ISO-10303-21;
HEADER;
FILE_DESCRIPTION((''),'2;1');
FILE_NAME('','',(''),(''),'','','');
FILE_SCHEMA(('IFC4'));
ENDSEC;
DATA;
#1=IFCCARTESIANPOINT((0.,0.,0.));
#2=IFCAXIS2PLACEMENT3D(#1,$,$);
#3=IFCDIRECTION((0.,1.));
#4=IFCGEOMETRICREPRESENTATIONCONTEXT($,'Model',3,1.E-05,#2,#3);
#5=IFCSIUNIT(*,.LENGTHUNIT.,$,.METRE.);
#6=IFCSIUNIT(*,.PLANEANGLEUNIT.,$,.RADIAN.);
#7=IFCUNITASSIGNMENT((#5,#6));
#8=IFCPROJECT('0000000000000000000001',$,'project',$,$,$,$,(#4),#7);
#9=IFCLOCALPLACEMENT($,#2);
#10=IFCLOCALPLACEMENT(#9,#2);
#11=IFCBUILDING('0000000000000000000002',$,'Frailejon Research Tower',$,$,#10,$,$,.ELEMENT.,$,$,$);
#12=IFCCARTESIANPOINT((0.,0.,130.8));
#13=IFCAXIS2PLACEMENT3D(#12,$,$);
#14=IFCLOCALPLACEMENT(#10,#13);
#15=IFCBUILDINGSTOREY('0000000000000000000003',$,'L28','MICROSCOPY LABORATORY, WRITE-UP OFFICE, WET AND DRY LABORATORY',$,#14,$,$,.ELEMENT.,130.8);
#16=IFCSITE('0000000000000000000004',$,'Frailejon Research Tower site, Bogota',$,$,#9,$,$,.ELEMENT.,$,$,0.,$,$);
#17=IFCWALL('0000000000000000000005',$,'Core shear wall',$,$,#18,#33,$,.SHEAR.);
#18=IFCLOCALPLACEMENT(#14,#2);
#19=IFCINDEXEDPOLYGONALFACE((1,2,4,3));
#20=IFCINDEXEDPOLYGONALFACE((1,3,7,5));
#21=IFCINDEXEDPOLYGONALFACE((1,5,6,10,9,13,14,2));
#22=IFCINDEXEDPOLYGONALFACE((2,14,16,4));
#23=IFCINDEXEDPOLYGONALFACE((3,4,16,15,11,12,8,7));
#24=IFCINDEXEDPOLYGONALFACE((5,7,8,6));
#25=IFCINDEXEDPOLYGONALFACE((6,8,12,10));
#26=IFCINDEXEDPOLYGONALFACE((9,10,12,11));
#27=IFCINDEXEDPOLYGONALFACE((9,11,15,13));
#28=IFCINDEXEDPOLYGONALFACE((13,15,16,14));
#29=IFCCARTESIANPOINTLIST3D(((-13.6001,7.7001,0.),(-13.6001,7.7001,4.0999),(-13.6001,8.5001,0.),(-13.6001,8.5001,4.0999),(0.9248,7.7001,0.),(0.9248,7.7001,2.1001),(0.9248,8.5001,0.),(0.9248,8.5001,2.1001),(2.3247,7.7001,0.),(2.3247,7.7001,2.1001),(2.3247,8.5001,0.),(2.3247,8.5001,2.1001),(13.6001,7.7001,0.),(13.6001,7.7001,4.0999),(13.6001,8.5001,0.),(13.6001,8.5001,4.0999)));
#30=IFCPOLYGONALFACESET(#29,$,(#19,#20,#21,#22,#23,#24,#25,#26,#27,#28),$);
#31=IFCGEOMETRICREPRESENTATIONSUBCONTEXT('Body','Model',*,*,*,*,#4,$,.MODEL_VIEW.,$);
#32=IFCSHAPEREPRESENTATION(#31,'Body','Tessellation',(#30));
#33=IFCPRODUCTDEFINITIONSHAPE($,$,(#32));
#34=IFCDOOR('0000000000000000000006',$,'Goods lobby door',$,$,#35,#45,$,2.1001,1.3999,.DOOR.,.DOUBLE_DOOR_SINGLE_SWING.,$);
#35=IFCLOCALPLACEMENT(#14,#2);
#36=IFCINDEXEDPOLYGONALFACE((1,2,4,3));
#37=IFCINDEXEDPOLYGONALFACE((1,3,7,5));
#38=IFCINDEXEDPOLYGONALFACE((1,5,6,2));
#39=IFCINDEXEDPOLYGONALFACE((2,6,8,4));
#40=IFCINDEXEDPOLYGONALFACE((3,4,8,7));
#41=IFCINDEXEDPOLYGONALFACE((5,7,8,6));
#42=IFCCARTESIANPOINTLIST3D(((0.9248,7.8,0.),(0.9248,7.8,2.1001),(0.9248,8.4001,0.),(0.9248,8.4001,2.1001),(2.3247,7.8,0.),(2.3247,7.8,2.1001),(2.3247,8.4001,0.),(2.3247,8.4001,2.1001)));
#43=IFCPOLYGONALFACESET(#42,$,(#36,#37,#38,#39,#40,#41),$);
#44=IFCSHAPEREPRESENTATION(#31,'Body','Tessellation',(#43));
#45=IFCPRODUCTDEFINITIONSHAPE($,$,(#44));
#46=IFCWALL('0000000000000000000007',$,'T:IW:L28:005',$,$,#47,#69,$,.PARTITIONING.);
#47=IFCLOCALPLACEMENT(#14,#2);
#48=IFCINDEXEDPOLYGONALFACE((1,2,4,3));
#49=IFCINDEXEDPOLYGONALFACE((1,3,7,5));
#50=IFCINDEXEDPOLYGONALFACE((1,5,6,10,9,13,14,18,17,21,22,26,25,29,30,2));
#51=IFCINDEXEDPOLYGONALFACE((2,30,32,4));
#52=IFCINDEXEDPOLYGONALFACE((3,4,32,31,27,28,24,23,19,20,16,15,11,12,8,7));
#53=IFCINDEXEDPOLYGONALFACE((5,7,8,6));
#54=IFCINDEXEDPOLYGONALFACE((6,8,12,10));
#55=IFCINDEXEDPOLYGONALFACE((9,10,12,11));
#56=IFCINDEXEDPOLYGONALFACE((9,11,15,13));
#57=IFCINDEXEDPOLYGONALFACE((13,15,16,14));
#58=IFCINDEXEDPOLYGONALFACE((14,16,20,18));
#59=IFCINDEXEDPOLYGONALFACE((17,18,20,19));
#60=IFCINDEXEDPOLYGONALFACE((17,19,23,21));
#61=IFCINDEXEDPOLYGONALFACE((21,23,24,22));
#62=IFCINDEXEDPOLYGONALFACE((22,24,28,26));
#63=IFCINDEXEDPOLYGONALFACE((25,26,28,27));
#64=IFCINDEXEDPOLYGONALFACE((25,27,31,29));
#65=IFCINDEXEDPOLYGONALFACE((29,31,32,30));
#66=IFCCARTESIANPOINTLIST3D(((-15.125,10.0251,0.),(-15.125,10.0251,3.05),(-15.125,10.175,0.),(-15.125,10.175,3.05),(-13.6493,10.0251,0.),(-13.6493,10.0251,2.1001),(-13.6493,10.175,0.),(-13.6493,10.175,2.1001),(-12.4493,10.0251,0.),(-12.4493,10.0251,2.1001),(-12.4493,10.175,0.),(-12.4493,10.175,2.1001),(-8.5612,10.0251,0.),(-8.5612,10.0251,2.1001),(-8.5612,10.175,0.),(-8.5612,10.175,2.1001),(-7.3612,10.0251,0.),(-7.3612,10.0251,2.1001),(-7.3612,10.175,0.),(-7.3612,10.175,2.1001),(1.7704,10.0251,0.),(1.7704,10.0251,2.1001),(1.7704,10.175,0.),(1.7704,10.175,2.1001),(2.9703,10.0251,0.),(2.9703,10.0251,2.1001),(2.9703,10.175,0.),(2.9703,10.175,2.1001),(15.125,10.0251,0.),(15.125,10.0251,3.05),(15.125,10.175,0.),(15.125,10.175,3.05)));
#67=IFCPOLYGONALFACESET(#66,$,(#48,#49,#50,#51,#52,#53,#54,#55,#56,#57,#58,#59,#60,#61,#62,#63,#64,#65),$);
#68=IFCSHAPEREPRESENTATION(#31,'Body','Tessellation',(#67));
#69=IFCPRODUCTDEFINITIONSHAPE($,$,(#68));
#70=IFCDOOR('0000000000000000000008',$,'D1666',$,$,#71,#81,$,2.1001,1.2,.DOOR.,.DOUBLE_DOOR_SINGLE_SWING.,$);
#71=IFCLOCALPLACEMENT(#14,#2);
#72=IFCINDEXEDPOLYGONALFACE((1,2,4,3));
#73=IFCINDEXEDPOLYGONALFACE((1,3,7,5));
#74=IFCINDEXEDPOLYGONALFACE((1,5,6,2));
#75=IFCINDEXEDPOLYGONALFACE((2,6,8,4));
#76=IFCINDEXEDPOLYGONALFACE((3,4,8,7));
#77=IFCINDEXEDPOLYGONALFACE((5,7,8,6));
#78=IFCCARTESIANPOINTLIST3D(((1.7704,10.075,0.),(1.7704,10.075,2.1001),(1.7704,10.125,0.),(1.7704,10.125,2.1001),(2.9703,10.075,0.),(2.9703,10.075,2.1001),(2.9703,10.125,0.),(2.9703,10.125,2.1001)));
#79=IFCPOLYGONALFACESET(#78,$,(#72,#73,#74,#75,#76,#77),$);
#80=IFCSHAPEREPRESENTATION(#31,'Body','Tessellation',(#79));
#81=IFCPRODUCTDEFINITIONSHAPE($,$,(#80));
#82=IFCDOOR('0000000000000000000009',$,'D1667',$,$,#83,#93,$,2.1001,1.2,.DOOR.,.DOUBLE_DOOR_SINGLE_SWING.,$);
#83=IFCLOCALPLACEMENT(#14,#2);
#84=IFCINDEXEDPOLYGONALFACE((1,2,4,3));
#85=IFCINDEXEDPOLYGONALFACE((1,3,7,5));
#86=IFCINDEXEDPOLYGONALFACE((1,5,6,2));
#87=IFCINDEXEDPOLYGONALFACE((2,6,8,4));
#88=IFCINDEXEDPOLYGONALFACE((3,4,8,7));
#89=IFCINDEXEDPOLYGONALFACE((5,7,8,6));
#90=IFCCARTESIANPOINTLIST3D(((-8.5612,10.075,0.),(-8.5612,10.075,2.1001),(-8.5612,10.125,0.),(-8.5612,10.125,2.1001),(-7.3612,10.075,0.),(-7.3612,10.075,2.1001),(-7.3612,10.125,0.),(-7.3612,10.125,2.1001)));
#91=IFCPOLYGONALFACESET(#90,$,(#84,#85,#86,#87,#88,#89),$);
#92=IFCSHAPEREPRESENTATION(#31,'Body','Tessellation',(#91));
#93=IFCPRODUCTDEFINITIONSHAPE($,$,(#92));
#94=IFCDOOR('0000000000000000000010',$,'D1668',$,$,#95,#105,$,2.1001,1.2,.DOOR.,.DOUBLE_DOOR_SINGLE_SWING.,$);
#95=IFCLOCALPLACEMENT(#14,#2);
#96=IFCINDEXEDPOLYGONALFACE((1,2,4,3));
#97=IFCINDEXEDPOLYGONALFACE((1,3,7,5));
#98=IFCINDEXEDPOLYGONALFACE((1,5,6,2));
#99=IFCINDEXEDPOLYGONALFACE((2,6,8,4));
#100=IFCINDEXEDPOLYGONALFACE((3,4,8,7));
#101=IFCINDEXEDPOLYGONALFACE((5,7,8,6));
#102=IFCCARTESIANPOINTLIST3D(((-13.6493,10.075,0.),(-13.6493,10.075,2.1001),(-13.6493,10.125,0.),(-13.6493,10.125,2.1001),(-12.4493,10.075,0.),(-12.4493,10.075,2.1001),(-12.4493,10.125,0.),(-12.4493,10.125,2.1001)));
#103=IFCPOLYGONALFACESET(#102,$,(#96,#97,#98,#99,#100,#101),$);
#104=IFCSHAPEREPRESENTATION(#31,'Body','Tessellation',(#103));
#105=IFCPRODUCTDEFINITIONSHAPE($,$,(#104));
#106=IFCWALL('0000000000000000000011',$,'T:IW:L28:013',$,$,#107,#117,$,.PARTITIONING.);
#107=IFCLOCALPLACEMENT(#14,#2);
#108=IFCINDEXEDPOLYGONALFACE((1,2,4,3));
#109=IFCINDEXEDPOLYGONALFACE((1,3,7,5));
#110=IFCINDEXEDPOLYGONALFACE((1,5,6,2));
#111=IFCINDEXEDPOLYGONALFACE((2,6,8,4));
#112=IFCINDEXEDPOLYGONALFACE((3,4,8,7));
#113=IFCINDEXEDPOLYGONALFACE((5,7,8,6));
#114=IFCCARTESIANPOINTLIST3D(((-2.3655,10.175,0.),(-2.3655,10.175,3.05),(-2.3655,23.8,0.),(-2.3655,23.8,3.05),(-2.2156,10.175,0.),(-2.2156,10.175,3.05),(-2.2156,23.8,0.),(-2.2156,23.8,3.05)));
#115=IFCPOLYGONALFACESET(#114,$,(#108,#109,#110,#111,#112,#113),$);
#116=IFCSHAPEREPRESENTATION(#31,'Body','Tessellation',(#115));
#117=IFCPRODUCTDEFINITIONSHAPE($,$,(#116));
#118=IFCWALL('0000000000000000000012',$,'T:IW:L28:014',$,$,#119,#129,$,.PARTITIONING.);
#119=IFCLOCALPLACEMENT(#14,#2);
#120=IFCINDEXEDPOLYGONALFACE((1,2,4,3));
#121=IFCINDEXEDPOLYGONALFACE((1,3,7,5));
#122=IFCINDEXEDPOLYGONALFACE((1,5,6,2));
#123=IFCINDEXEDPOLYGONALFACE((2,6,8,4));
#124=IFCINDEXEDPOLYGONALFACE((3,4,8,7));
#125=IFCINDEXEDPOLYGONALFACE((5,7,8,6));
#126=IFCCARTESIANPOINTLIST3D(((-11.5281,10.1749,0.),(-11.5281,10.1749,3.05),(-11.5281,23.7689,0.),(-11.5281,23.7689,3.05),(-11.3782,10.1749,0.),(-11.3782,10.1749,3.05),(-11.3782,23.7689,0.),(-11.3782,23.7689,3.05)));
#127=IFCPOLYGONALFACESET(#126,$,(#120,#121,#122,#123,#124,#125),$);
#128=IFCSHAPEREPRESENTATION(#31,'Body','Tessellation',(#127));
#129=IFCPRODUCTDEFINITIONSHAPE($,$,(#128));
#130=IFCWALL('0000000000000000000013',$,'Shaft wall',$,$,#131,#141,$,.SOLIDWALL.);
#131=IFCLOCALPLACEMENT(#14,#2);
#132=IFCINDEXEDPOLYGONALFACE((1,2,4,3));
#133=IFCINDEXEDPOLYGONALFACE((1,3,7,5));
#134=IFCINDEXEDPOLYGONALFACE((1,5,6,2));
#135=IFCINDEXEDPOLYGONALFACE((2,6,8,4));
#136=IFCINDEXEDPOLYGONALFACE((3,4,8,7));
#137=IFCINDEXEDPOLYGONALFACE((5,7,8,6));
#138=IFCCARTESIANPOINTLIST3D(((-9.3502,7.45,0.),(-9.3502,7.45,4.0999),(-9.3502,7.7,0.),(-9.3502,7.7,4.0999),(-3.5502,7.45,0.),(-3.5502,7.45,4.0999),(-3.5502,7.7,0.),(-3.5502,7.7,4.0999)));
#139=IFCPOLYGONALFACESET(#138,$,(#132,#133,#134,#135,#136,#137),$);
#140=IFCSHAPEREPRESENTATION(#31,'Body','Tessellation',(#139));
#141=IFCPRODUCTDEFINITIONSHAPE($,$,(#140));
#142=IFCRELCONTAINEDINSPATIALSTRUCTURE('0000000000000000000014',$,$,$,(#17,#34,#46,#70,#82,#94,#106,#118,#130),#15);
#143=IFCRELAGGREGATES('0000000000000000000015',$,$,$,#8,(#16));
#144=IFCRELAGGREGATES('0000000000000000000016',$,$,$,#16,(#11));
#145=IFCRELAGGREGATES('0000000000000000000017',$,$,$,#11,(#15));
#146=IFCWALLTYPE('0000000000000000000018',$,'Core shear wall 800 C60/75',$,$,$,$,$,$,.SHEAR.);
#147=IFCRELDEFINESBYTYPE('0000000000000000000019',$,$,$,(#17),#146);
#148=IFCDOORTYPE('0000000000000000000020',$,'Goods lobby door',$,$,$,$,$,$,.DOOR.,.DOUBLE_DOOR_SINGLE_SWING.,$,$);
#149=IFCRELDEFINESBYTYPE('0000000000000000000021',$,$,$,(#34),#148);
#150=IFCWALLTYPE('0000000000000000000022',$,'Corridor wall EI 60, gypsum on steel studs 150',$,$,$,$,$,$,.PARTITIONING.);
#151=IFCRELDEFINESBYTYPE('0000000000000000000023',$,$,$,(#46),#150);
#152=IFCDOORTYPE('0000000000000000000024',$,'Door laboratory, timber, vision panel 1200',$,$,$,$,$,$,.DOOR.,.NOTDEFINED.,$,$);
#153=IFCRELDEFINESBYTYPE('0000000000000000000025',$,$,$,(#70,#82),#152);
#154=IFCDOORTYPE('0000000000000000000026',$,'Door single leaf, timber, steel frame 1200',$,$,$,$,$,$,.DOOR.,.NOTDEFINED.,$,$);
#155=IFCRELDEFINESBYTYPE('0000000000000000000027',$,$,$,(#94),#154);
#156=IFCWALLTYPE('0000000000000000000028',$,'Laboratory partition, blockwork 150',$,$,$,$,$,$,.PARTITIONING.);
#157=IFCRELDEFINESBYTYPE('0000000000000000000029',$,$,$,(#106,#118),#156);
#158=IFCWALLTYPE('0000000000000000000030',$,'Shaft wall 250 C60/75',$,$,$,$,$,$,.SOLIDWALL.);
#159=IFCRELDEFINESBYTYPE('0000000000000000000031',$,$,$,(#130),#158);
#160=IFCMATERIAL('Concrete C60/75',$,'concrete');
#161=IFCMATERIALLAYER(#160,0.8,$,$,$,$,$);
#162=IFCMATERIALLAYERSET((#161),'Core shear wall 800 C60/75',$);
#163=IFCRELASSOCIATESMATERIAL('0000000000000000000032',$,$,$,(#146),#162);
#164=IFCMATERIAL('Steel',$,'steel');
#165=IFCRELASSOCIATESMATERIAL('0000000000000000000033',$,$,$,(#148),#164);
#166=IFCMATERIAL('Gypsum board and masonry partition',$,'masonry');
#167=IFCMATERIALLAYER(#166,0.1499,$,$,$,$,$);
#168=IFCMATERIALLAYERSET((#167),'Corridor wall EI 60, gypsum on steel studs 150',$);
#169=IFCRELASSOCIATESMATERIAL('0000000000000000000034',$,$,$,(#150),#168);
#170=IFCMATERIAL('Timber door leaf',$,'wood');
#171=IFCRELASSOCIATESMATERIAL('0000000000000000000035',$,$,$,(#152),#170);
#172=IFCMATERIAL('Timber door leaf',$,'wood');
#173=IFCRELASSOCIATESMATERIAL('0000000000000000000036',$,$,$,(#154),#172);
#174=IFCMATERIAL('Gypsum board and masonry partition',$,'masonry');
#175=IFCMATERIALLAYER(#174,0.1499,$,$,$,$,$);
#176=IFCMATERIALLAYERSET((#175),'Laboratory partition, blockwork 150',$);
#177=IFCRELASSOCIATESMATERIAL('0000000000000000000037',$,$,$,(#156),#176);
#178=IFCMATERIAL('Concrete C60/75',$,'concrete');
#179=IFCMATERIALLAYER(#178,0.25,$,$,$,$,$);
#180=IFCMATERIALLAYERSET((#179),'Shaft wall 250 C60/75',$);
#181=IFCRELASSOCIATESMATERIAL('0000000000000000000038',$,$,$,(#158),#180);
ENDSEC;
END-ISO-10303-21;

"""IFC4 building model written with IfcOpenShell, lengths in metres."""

from ifc_helpers import new_model, si_unit, direction, frame, frame_2d, origin, place, context, subcontext, project, spatial, rectangle, extrude, material, layer, layer_set, type_object, element, fill, save


model = new_model("IFC4")

# Units and contexts
model_context = context("Model", 3, precision=1e-05, world=origin(), true_north=direction((0.0, 1.0)))
body_context = subcontext(model_context, "Body", "Model", "MODEL_VIEW")
ifc_project = project(units=[si_unit("LENGTHUNIT", "METRE"), si_unit("PLANEANGLEUNIT", "RADIAN")], contexts=[model_context])

# Site, building, storey
site_placement = place(None, origin())
site = spatial("IfcSite", under=ifc_project, at=site_placement, Name="Frailejon Research Tower site, Bogota", CompositionType="ELEMENT", RefElevation=0.0)
building_placement = place(site_placement, origin())
building = spatial("IfcBuilding", under=site, at=building_placement, Name="Frailejon Research Tower", CompositionType="ELEMENT")
storey_placement = place(building_placement, frame((0.0, 0.0, 130.8)))
storey = spatial("IfcBuildingStorey", under=building, at=storey_placement, Name="L28", Description="MICROSCOPY LABORATORY, WRITE-UP OFFICE, WET AND DRY LABORATORY", CompositionType="ELEMENT", Elevation=130.8)

# Wall, opening, door
ifc_material_1 = material(Name="Concrete C60/75", Category="concrete")
ifc_layer_1 = layer(ifc_material_1, 0.8)
ifc_layer_set_1 = layer_set([ifc_layer_1], Name="Core shear wall 800 C60/75")
wall_type_1 = type_object("IfcWallType", Name="Core shear wall 800 C60/75", PredefinedType="SHEAR", material=ifc_layer_set_1)
wall_1_placement = place(storey_placement, frame((-13.6001, 8.1001, 0.0), z_axis=(0.0, 0.0, 1.0), x_axis=(1.0, 0.0, 0.0)))
wall_1 = element("IfcWall", 1, at=wall_1_placement, inside=storey, type_object=wall_type_1, Name="Core shear wall", PredefinedType="SHEAR", context=body_context, shape_type="SweptSolid", body=[
    extrude(rectangle(XDim=27.2002, YDim=0.8, at=frame_2d((13.6001, 0.0))), origin(), (0.0, 0.0, 1.0), 4.0999),
])
opening_1_placement = place(wall_1_placement, frame((14.5249, 0.0, 0.0)))
opening_1 = element("IfcOpeningElement", 2, at=opening_1_placement, cuts=wall_1, PredefinedType="OPENING", context=body_context, shape_type="SweptSolid", body=[
    extrude(rectangle(XDim=1.3999, YDim=2.1001, at=frame_2d((0.7, 1.05))), frame((0.0, 0.4099, 0.0), z_axis=(0.0, -1.0, 0.0), x_axis=(1.0, 0.0, 0.0)), (0.0, 0.0, 1.0), 0.8201),
])
ifc_material_2 = material(Name="Steel", Category="steel")
door_type_1 = type_object("IfcDoorType", Name="Goods lobby door", OperationType="DOUBLE_DOOR_SINGLE_SWING", PredefinedType="DOOR", material=ifc_material_2)
door_1_placement = place(opening_1_placement, origin())
door_1 = element("IfcDoor", 3, at=door_1_placement, inside=storey, type_object=door_type_1, Name="Goods lobby door", OperationType="DOUBLE_DOOR_SINGLE_SWING", OverallHeight=2.1001, OverallWidth=1.3999, PredefinedType="DOOR", context=body_context, shape_type="SweptSolid", body=[
    extrude(rectangle(XDim=1.3999, YDim=2.1001, at=frame_2d((0.7, 1.05))), frame((0.0, 0.3, 0.0), z_axis=(0.0, -1.0, 0.0), x_axis=(1.0, 0.0, 0.0)), (0.0, 0.0, 1.0), 0.6001),
])
fill(opening_1, door_1)

# Wall, openings, doors
ifc_material_3 = material(Name="Gypsum board and masonry partition", Category="masonry")
ifc_layer_2 = layer(ifc_material_3, 0.1499)
ifc_layer_set_2 = layer_set([ifc_layer_2], Name="Corridor wall EI 60, gypsum on steel studs 150")
wall_type_2 = type_object("IfcWallType", Name="Corridor wall EI 60, gypsum on steel studs 150", PredefinedType="PARTITIONING", material=ifc_layer_set_2)
wall_2_placement = place(storey_placement, frame((-15.125, 10.1001, 0.0), z_axis=(0.0, 0.0, 1.0), x_axis=(1.0, 0.0, 0.0)))
wall_2 = element("IfcWall", 4, at=wall_2_placement, inside=storey, type_object=wall_type_2, Name="T:IW:L28:005", PredefinedType="PARTITIONING", context=body_context, shape_type="SweptSolid", body=[
    extrude(rectangle(XDim=30.25, YDim=0.1499, at=frame_2d((15.125, 0.0))), origin(), (0.0, 0.0, 1.0), 3.05),
])
opening_2_placement = place(wall_2_placement, frame((16.8953, 0.0, 0.0)))
opening_2 = element("IfcOpeningElement", 5, at=opening_2_placement, cuts=wall_2, PredefinedType="OPENING", context=body_context, shape_type="SweptSolid", body=[
    extrude(rectangle(XDim=1.2, YDim=2.1001, at=frame_2d((0.6001, 1.05))), frame((0.0, 0.085, 0.0), z_axis=(0.0, -1.0, 0.0), x_axis=(1.0, 0.0, 0.0)), (0.0, 0.0, 1.0), 0.1699),
])
opening_3_placement = place(wall_2_placement, frame((6.5637, 0.0, 0.0)))
opening_3 = element("IfcOpeningElement", 6, at=opening_3_placement, cuts=wall_2, PredefinedType="OPENING", context=body_context, shape_type="SweptSolid", body=[
    extrude(rectangle(XDim=1.2, YDim=2.1001, at=frame_2d((0.6001, 1.05))), frame((0.0, 0.085, 0.0), z_axis=(0.0, -1.0, 0.0), x_axis=(1.0, 0.0, 0.0)), (0.0, 0.0, 1.0), 0.1699),
])
opening_4_placement = place(wall_2_placement, frame((1.4756, 0.0, 0.0)))
opening_4 = element("IfcOpeningElement", 7, at=opening_4_placement, cuts=wall_2, PredefinedType="OPENING", context=body_context, shape_type="SweptSolid", body=[
    extrude(rectangle(XDim=1.2, YDim=2.1001, at=frame_2d((0.6001, 1.05))), frame((0.0, 0.085, 0.0), z_axis=(0.0, -1.0, 0.0), x_axis=(1.0, 0.0, 0.0)), (0.0, 0.0, 1.0), 0.1699),
])
ifc_material_4 = material(Name="Timber door leaf", Category="wood")
door_type_2 = type_object("IfcDoorType", Name="Door laboratory, timber, vision panel 1200", OperationType="NOTDEFINED", PredefinedType="DOOR", material=ifc_material_4)
door_2_placement = place(opening_2_placement, origin())
door_2 = element("IfcDoor", 8, at=door_2_placement, inside=storey, type_object=door_type_2, Name="D1666", OperationType="DOUBLE_DOOR_SINGLE_SWING", OverallHeight=2.1001, OverallWidth=1.2, PredefinedType="DOOR", context=body_context, shape_type="SweptSolid", body=[
    extrude(rectangle(XDim=1.2, YDim=2.1001, at=frame_2d((0.6001, 1.05))), frame((0.0, 0.0249, 0.0), z_axis=(0.0, -1.0, 0.0), x_axis=(1.0, 0.0, 0.0)), (0.0, 0.0, 1.0), 0.05),
])
fill(opening_2, door_2)
door_3_placement = place(opening_3_placement, origin())
door_3 = element("IfcDoor", 9, at=door_3_placement, inside=storey, type_object=door_type_2, Name="D1667", OperationType="DOUBLE_DOOR_SINGLE_SWING", OverallHeight=2.1001, OverallWidth=1.2, PredefinedType="DOOR", context=body_context, shape_type="SweptSolid", body=[
    extrude(rectangle(XDim=1.2, YDim=2.1001, at=frame_2d((0.6001, 1.05))), frame((0.0, 0.0249, 0.0), z_axis=(0.0, -1.0, 0.0), x_axis=(1.0, 0.0, 0.0)), (0.0, 0.0, 1.0), 0.05),
])
fill(opening_3, door_3)
ifc_material_5 = material(Name="Timber door leaf", Category="wood")
door_type_3 = type_object("IfcDoorType", Name="Door single leaf, timber, steel frame 1200", OperationType="NOTDEFINED", PredefinedType="DOOR", material=ifc_material_5)
door_4_placement = place(opening_4_placement, origin())
door_4 = element("IfcDoor", 10, at=door_4_placement, inside=storey, type_object=door_type_3, Name="D1668", OperationType="DOUBLE_DOOR_SINGLE_SWING", OverallHeight=2.1001, OverallWidth=1.2, PredefinedType="DOOR", context=body_context, shape_type="SweptSolid", body=[
    extrude(rectangle(XDim=1.2, YDim=2.1001, at=frame_2d((0.6001, 1.05))), frame((0.0, 0.0249, 0.0), z_axis=(0.0, -1.0, 0.0), x_axis=(1.0, 0.0, 0.0)), (0.0, 0.0, 1.0), 0.05),
])
fill(opening_4, door_4)

# Walls
ifc_material_6 = material(Name="Gypsum board and masonry partition", Category="masonry")
ifc_layer_3 = layer(ifc_material_6, 0.1499)
ifc_layer_set_3 = layer_set([ifc_layer_3], Name="Laboratory partition, blockwork 150")
wall_type_3 = type_object("IfcWallType", Name="Laboratory partition, blockwork 150", PredefinedType="PARTITIONING", material=ifc_layer_set_3)
wall_3_placement = place(storey_placement, frame((-2.2905, 10.175, 0.0), z_axis=(0.0, 0.0, 1.0), x_axis=(0.0, 1.0, 0.0)))
element("IfcWall", 11, at=wall_3_placement, inside=storey, type_object=wall_type_3, Name="T:IW:L28:013", PredefinedType="PARTITIONING", context=body_context, shape_type="SweptSolid", body=[
    extrude(rectangle(XDim=13.625, YDim=0.1499, at=frame_2d((6.8125, 0.0))), origin(), (0.0, 0.0, 1.0), 3.05),
])
wall_4_placement = place(storey_placement, frame((-11.4531, 10.175, 0.0), z_axis=(0.0, 0.0, 1.0), x_axis=(0.0, 1.0, 0.0)))
element("IfcWall", 12, at=wall_4_placement, inside=storey, type_object=wall_type_3, Name="T:IW:L28:014", PredefinedType="PARTITIONING", context=body_context, shape_type="SweptSolid", body=[
    extrude(rectangle(XDim=13.594, YDim=0.1499, at=frame_2d((6.7969, 0.0))), origin(), (0.0, 0.0, 1.0), 3.05),
])
ifc_material_7 = material(Name="Concrete C60/75", Category="concrete")
ifc_layer_4 = layer(ifc_material_7, 0.25)
ifc_layer_set_4 = layer_set([ifc_layer_4], Name="Shaft wall 250 C60/75")
wall_type_4 = type_object("IfcWallType", Name="Shaft wall 250 C60/75", PredefinedType="SOLIDWALL", material=ifc_layer_set_4)
wall_5_placement = place(storey_placement, frame((-9.3501, 7.575, 0.0), z_axis=(0.0, 0.0, 1.0), x_axis=(1.0, 0.0, 0.0)))
element("IfcWall", 13, at=wall_5_placement, inside=storey, type_object=wall_type_4, Name="Shaft wall", PredefinedType="SOLIDWALL", context=body_context, shape_type="SweptSolid", body=[
    extrude(rectangle(XDim=5.8, YDim=0.25, at=frame_2d((2.8999, 0.0))), origin(), (0.0, 0.0, 1.0), 4.0999),
])

save(model, "model.ifc")
